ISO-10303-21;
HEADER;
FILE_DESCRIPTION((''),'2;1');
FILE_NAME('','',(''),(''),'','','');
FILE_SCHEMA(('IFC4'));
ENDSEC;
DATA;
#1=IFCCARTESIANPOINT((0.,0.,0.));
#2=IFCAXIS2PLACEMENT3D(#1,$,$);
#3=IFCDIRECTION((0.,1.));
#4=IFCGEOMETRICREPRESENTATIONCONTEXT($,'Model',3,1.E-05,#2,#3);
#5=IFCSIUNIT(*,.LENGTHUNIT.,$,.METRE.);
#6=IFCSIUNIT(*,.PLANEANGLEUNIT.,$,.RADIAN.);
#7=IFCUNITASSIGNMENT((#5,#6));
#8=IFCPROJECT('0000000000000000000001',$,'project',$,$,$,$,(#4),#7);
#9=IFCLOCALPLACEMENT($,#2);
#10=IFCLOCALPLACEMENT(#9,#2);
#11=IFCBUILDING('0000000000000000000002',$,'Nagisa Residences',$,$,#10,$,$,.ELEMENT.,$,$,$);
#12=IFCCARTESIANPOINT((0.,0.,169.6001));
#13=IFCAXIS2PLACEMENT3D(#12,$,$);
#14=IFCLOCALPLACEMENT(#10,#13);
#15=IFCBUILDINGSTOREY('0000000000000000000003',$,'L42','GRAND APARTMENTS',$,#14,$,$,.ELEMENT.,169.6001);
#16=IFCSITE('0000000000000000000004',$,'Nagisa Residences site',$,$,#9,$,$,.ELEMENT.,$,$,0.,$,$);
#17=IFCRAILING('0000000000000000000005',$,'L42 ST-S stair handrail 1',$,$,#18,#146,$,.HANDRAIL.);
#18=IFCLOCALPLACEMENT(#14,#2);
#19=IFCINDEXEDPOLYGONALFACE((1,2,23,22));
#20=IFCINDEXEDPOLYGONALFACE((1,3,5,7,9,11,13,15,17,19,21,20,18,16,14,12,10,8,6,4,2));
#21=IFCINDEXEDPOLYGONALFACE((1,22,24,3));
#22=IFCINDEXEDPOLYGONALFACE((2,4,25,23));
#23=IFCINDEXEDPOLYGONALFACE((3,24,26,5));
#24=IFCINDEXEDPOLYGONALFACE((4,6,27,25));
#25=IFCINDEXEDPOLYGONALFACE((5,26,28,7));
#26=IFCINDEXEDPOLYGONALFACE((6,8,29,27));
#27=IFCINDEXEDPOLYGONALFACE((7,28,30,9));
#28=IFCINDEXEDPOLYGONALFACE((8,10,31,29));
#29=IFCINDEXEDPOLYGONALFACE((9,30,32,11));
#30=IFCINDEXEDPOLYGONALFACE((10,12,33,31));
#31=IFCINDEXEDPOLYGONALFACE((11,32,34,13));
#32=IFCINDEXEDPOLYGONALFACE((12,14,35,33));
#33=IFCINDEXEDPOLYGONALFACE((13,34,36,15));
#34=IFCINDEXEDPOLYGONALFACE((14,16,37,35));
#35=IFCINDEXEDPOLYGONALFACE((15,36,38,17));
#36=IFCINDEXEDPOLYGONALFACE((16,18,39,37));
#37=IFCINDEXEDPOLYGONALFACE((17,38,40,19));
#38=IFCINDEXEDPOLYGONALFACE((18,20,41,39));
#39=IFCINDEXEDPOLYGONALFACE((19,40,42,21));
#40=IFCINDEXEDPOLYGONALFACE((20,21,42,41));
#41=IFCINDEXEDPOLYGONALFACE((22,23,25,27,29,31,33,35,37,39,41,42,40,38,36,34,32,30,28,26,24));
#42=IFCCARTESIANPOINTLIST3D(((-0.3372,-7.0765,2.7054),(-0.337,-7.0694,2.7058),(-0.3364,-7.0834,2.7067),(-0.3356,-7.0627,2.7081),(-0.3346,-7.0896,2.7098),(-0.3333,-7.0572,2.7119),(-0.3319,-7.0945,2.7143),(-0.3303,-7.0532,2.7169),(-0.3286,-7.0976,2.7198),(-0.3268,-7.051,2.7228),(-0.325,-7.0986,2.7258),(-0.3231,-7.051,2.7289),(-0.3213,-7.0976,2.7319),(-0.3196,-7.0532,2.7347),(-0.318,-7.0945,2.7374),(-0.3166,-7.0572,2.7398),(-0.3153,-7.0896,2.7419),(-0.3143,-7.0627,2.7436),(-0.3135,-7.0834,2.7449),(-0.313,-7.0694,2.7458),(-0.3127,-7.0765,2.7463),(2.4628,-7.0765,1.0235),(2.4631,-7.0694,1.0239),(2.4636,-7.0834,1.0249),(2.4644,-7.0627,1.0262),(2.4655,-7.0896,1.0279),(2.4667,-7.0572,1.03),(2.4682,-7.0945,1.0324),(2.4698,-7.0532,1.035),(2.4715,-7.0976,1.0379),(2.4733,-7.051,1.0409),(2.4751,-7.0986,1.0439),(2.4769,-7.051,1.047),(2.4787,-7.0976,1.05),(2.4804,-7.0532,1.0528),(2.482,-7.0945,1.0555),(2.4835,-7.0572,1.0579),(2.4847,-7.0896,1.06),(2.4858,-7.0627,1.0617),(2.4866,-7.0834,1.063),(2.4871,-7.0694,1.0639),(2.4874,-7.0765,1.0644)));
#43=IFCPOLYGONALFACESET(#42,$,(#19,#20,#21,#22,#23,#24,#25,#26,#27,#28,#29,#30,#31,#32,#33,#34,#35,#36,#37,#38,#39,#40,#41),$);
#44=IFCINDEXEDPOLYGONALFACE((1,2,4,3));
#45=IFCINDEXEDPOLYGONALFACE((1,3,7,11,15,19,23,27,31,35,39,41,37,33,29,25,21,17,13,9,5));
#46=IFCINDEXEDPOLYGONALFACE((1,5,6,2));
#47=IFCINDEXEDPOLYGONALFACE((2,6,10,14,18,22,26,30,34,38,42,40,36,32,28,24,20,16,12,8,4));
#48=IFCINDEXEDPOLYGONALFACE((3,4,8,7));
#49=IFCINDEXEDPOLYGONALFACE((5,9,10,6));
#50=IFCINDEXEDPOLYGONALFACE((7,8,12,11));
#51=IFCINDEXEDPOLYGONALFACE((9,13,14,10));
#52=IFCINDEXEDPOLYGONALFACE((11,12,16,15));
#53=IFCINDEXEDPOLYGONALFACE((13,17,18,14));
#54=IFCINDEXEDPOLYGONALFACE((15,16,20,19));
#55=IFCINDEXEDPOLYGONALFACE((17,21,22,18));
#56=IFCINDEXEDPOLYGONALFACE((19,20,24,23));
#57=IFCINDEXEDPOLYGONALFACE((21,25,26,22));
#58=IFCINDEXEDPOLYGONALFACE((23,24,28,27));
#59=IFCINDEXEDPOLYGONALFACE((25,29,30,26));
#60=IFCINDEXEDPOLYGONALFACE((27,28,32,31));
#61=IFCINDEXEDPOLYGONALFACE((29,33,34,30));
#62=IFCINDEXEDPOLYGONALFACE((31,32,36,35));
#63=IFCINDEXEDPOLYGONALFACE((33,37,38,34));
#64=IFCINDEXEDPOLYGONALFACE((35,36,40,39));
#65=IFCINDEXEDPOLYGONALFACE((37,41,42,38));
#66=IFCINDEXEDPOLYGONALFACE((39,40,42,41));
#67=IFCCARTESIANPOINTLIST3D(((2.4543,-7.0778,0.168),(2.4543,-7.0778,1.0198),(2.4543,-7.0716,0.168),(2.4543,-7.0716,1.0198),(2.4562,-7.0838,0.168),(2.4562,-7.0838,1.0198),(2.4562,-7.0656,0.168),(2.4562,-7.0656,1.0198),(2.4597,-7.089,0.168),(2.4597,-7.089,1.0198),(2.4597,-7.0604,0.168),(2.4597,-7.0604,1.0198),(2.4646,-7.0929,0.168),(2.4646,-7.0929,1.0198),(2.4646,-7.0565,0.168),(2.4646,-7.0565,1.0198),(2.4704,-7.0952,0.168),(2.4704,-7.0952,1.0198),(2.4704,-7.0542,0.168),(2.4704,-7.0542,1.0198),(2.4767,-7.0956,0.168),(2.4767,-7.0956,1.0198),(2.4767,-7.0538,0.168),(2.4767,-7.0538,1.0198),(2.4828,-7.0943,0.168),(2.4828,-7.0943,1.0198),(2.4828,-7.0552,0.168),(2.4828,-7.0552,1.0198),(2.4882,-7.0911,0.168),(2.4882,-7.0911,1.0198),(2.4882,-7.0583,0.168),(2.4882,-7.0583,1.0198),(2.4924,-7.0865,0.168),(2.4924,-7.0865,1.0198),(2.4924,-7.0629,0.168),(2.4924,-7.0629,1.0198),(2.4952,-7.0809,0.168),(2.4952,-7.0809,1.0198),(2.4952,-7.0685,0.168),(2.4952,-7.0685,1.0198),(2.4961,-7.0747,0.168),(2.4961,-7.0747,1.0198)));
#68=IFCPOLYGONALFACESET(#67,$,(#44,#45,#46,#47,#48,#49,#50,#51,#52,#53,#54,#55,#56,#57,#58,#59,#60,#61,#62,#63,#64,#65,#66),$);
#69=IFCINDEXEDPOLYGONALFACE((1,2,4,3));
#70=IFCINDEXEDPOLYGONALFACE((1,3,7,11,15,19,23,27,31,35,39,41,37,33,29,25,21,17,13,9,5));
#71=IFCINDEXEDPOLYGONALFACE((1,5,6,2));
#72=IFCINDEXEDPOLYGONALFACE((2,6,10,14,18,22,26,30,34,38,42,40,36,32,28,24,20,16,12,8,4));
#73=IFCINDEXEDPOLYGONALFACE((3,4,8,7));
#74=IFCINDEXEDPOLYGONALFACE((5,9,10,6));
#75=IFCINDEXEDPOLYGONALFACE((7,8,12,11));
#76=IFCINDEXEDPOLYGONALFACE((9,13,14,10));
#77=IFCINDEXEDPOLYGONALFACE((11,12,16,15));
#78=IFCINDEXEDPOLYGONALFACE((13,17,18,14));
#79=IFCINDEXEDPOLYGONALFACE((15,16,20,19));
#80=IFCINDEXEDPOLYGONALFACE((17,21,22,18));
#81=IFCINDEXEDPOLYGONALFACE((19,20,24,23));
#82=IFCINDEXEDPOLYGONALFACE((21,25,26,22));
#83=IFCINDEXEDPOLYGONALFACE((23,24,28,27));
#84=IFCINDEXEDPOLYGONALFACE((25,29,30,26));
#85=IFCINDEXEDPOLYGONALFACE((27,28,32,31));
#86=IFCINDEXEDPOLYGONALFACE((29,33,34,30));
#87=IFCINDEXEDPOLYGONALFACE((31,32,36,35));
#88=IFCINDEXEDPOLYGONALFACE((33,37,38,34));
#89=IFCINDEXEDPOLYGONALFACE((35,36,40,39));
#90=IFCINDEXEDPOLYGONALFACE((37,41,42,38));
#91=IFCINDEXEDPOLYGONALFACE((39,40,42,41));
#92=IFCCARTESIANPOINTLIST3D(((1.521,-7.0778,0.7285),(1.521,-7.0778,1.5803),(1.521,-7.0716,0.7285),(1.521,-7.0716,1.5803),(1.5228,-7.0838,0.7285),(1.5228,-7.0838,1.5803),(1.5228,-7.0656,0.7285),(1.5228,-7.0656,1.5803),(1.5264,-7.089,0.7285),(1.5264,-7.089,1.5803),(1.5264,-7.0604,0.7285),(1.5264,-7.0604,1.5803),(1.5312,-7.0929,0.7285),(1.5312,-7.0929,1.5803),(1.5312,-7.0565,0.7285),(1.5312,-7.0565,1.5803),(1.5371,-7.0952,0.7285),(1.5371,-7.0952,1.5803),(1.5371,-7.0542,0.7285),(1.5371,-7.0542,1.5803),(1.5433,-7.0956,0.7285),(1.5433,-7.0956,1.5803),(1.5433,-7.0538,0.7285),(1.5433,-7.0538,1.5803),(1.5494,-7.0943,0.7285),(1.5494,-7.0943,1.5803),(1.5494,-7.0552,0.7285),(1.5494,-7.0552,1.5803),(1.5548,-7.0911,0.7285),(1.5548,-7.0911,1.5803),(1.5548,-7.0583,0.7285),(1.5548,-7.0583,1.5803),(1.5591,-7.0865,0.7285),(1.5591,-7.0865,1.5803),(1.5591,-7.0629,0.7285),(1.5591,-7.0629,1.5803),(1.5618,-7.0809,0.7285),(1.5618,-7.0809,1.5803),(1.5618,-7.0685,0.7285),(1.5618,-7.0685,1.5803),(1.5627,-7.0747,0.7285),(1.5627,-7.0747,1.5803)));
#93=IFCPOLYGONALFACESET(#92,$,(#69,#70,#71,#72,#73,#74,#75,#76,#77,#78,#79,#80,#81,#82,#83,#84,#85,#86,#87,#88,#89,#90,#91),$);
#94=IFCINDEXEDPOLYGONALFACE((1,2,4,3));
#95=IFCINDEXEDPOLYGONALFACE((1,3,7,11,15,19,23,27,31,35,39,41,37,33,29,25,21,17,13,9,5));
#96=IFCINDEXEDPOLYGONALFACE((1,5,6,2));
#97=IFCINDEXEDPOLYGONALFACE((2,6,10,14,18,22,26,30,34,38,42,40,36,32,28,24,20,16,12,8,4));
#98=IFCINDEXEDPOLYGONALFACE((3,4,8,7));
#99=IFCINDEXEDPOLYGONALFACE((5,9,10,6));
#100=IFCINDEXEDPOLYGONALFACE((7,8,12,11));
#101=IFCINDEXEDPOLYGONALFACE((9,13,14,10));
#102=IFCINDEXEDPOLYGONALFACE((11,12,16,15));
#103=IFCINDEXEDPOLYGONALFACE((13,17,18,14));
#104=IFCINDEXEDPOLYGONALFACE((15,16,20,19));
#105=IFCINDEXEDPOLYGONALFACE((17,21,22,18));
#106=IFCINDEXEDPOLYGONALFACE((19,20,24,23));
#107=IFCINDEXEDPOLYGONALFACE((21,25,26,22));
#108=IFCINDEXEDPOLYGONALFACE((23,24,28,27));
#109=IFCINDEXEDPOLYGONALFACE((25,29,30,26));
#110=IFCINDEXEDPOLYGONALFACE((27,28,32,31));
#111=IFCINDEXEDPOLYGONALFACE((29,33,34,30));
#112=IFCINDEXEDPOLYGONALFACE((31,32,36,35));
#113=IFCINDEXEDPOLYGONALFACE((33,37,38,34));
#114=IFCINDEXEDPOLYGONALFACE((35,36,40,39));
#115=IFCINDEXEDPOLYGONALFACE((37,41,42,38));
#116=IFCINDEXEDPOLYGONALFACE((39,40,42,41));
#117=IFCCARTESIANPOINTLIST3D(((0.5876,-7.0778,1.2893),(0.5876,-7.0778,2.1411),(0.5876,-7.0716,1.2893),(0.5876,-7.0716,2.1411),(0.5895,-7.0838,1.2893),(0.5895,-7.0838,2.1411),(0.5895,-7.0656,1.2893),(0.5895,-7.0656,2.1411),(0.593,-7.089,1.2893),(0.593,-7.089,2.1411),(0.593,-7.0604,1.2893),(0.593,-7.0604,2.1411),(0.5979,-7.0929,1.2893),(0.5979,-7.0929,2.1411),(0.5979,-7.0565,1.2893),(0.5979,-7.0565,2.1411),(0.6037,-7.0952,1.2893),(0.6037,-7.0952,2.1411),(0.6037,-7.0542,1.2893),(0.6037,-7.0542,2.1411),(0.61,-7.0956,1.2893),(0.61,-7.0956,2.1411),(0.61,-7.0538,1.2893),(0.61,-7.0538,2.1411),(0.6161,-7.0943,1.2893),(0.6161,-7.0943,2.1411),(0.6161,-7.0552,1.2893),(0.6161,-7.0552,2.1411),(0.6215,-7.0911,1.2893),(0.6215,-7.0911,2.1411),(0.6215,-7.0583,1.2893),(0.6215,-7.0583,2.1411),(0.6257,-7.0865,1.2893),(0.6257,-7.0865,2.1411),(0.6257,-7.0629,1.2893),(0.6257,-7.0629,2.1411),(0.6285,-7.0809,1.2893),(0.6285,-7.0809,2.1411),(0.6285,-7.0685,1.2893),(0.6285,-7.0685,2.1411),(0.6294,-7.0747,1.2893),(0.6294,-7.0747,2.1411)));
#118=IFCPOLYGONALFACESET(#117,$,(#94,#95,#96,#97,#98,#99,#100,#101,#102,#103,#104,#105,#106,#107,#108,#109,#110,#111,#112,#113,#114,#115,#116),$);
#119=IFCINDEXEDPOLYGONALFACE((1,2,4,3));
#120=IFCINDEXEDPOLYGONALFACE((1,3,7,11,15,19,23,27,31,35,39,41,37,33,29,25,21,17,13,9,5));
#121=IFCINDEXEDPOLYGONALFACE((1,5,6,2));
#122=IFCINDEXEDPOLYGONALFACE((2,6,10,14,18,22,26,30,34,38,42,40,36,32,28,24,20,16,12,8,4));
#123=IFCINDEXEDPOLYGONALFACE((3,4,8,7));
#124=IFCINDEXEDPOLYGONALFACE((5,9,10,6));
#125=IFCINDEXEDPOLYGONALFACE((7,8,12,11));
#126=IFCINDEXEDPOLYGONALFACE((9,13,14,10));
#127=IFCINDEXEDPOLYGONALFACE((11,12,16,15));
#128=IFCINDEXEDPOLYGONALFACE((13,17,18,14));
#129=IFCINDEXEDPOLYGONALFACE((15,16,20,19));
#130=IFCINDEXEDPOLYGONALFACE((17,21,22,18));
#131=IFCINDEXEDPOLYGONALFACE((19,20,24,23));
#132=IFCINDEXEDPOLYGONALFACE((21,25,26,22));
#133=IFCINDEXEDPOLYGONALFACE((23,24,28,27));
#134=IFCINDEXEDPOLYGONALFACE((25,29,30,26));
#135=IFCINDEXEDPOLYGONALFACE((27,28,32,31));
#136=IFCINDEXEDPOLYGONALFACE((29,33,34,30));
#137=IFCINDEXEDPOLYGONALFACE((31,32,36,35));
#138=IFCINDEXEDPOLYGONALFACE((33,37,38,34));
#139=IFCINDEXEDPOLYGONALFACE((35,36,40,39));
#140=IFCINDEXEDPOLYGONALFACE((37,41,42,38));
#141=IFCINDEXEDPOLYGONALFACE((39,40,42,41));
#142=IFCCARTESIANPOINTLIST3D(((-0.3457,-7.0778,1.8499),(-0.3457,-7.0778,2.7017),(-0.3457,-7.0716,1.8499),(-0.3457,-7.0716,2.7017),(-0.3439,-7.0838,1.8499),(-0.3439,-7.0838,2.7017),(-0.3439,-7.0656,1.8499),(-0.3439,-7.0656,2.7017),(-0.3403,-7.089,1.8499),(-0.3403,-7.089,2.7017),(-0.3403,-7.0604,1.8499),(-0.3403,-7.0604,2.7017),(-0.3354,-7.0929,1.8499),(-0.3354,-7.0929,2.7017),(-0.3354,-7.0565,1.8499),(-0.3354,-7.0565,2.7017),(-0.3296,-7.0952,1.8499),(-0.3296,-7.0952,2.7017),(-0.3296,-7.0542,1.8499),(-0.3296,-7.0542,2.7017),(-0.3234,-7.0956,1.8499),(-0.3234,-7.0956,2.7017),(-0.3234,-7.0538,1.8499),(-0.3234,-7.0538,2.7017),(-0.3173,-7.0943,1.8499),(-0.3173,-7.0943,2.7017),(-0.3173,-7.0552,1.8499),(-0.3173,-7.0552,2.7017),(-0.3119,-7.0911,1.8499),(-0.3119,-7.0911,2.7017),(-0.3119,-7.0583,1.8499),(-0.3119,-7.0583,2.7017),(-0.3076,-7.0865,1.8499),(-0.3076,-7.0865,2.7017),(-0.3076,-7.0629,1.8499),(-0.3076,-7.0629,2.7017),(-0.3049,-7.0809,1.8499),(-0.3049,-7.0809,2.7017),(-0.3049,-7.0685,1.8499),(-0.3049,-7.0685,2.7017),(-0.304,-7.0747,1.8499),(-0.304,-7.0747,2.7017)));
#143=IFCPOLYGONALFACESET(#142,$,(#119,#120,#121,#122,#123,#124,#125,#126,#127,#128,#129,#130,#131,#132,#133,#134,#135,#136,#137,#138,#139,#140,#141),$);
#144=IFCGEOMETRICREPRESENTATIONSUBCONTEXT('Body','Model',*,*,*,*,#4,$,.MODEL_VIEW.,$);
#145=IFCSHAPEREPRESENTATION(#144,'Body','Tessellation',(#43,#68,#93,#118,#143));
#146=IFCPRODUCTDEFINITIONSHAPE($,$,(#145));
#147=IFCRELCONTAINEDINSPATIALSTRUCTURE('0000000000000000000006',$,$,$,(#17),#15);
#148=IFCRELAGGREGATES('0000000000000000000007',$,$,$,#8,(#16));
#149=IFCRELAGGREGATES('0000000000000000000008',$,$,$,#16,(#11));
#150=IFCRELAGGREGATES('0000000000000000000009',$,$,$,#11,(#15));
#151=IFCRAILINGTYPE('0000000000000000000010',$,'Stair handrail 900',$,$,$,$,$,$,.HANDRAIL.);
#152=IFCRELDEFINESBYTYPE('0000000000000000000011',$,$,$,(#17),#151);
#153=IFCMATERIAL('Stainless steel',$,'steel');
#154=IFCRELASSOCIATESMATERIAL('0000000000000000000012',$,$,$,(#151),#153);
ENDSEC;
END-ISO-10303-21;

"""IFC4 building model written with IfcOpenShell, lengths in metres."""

from ifc_helpers import new_model, si_unit, direction, frame, origin, origin_2d, place, context, subcontext, project, spatial, circle, extrude, material, type_object, element, save


model = new_model("IFC4")

# Units and contexts
model_context = context("Model", 3, precision=1e-05, world=origin(), true_north=direction((0.0, 1.0)))
body_context = subcontext(model_context, "Body", "Model", "MODEL_VIEW")
ifc_project = project(units=[si_unit("LENGTHUNIT", "METRE"), si_unit("PLANEANGLEUNIT", "RADIAN")], contexts=[model_context])

# Site, building, storey
site_placement = place(None, origin())
site = spatial("IfcSite", under=ifc_project, at=site_placement, Name="Nagisa Residences site", CompositionType="ELEMENT", RefElevation=0.0)
building_placement = place(site_placement, origin())
building = spatial("IfcBuilding", under=site, at=building_placement, Name="Nagisa Residences", CompositionType="ELEMENT")
storey_placement = place(building_placement, frame((0.0, 0.0, 169.6001)))
storey = spatial("IfcBuildingStorey", under=building, at=storey_placement, Name="L42", Description="GRAND APARTMENTS", CompositionType="ELEMENT", Elevation=169.6001)

# Railing
ifc_material_1 = material(Name="Stainless steel", Category="steel")
railing_type_1 = type_object("IfcRailingType", Name="Stair handrail 900", PredefinedType="HANDRAIL", material=ifc_material_1)
railing_1_placement = place(storey_placement, frame((2.4751, -7.0747, 0.168)))
element("IfcRailing", 1, at=railing_1_placement, inside=storey, type_object=railing_type_1, Name="L42 ST-S stair handrail 1", PredefinedType="HANDRAIL", context=body_context, shape_type="SweptSolid", body=[
    extrude(circle(Radius=0.0239, at=origin_2d()), frame((0.0, 0.0, 0.876), z_axis=(-0.857242, 0.0, 0.514913), x_axis=(0.0, -1.0, 0.0)), (0.0, 0.0, 1.0), 3.2664),
    extrude(circle(Radius=0.021, at=origin_2d()), origin(), (0.0, 0.0, 1.0), 0.8518),
    extrude(circle(Radius=0.021, at=origin_2d()), frame((-0.9333, 0.0, 0.5605)), (0.0, 0.0, 1.0), 0.8518),
    extrude(circle(Radius=0.021, at=origin_2d()), frame((-1.8667, 0.0, 1.1213)), (0.0, 0.0, 1.0), 0.8518),
    extrude(circle(Radius=0.021, at=origin_2d()), frame((-2.8, 0.0, 1.6819)), (0.0, 0.0, 1.0), 0.8518),
])

save(model, "model.ifc")
